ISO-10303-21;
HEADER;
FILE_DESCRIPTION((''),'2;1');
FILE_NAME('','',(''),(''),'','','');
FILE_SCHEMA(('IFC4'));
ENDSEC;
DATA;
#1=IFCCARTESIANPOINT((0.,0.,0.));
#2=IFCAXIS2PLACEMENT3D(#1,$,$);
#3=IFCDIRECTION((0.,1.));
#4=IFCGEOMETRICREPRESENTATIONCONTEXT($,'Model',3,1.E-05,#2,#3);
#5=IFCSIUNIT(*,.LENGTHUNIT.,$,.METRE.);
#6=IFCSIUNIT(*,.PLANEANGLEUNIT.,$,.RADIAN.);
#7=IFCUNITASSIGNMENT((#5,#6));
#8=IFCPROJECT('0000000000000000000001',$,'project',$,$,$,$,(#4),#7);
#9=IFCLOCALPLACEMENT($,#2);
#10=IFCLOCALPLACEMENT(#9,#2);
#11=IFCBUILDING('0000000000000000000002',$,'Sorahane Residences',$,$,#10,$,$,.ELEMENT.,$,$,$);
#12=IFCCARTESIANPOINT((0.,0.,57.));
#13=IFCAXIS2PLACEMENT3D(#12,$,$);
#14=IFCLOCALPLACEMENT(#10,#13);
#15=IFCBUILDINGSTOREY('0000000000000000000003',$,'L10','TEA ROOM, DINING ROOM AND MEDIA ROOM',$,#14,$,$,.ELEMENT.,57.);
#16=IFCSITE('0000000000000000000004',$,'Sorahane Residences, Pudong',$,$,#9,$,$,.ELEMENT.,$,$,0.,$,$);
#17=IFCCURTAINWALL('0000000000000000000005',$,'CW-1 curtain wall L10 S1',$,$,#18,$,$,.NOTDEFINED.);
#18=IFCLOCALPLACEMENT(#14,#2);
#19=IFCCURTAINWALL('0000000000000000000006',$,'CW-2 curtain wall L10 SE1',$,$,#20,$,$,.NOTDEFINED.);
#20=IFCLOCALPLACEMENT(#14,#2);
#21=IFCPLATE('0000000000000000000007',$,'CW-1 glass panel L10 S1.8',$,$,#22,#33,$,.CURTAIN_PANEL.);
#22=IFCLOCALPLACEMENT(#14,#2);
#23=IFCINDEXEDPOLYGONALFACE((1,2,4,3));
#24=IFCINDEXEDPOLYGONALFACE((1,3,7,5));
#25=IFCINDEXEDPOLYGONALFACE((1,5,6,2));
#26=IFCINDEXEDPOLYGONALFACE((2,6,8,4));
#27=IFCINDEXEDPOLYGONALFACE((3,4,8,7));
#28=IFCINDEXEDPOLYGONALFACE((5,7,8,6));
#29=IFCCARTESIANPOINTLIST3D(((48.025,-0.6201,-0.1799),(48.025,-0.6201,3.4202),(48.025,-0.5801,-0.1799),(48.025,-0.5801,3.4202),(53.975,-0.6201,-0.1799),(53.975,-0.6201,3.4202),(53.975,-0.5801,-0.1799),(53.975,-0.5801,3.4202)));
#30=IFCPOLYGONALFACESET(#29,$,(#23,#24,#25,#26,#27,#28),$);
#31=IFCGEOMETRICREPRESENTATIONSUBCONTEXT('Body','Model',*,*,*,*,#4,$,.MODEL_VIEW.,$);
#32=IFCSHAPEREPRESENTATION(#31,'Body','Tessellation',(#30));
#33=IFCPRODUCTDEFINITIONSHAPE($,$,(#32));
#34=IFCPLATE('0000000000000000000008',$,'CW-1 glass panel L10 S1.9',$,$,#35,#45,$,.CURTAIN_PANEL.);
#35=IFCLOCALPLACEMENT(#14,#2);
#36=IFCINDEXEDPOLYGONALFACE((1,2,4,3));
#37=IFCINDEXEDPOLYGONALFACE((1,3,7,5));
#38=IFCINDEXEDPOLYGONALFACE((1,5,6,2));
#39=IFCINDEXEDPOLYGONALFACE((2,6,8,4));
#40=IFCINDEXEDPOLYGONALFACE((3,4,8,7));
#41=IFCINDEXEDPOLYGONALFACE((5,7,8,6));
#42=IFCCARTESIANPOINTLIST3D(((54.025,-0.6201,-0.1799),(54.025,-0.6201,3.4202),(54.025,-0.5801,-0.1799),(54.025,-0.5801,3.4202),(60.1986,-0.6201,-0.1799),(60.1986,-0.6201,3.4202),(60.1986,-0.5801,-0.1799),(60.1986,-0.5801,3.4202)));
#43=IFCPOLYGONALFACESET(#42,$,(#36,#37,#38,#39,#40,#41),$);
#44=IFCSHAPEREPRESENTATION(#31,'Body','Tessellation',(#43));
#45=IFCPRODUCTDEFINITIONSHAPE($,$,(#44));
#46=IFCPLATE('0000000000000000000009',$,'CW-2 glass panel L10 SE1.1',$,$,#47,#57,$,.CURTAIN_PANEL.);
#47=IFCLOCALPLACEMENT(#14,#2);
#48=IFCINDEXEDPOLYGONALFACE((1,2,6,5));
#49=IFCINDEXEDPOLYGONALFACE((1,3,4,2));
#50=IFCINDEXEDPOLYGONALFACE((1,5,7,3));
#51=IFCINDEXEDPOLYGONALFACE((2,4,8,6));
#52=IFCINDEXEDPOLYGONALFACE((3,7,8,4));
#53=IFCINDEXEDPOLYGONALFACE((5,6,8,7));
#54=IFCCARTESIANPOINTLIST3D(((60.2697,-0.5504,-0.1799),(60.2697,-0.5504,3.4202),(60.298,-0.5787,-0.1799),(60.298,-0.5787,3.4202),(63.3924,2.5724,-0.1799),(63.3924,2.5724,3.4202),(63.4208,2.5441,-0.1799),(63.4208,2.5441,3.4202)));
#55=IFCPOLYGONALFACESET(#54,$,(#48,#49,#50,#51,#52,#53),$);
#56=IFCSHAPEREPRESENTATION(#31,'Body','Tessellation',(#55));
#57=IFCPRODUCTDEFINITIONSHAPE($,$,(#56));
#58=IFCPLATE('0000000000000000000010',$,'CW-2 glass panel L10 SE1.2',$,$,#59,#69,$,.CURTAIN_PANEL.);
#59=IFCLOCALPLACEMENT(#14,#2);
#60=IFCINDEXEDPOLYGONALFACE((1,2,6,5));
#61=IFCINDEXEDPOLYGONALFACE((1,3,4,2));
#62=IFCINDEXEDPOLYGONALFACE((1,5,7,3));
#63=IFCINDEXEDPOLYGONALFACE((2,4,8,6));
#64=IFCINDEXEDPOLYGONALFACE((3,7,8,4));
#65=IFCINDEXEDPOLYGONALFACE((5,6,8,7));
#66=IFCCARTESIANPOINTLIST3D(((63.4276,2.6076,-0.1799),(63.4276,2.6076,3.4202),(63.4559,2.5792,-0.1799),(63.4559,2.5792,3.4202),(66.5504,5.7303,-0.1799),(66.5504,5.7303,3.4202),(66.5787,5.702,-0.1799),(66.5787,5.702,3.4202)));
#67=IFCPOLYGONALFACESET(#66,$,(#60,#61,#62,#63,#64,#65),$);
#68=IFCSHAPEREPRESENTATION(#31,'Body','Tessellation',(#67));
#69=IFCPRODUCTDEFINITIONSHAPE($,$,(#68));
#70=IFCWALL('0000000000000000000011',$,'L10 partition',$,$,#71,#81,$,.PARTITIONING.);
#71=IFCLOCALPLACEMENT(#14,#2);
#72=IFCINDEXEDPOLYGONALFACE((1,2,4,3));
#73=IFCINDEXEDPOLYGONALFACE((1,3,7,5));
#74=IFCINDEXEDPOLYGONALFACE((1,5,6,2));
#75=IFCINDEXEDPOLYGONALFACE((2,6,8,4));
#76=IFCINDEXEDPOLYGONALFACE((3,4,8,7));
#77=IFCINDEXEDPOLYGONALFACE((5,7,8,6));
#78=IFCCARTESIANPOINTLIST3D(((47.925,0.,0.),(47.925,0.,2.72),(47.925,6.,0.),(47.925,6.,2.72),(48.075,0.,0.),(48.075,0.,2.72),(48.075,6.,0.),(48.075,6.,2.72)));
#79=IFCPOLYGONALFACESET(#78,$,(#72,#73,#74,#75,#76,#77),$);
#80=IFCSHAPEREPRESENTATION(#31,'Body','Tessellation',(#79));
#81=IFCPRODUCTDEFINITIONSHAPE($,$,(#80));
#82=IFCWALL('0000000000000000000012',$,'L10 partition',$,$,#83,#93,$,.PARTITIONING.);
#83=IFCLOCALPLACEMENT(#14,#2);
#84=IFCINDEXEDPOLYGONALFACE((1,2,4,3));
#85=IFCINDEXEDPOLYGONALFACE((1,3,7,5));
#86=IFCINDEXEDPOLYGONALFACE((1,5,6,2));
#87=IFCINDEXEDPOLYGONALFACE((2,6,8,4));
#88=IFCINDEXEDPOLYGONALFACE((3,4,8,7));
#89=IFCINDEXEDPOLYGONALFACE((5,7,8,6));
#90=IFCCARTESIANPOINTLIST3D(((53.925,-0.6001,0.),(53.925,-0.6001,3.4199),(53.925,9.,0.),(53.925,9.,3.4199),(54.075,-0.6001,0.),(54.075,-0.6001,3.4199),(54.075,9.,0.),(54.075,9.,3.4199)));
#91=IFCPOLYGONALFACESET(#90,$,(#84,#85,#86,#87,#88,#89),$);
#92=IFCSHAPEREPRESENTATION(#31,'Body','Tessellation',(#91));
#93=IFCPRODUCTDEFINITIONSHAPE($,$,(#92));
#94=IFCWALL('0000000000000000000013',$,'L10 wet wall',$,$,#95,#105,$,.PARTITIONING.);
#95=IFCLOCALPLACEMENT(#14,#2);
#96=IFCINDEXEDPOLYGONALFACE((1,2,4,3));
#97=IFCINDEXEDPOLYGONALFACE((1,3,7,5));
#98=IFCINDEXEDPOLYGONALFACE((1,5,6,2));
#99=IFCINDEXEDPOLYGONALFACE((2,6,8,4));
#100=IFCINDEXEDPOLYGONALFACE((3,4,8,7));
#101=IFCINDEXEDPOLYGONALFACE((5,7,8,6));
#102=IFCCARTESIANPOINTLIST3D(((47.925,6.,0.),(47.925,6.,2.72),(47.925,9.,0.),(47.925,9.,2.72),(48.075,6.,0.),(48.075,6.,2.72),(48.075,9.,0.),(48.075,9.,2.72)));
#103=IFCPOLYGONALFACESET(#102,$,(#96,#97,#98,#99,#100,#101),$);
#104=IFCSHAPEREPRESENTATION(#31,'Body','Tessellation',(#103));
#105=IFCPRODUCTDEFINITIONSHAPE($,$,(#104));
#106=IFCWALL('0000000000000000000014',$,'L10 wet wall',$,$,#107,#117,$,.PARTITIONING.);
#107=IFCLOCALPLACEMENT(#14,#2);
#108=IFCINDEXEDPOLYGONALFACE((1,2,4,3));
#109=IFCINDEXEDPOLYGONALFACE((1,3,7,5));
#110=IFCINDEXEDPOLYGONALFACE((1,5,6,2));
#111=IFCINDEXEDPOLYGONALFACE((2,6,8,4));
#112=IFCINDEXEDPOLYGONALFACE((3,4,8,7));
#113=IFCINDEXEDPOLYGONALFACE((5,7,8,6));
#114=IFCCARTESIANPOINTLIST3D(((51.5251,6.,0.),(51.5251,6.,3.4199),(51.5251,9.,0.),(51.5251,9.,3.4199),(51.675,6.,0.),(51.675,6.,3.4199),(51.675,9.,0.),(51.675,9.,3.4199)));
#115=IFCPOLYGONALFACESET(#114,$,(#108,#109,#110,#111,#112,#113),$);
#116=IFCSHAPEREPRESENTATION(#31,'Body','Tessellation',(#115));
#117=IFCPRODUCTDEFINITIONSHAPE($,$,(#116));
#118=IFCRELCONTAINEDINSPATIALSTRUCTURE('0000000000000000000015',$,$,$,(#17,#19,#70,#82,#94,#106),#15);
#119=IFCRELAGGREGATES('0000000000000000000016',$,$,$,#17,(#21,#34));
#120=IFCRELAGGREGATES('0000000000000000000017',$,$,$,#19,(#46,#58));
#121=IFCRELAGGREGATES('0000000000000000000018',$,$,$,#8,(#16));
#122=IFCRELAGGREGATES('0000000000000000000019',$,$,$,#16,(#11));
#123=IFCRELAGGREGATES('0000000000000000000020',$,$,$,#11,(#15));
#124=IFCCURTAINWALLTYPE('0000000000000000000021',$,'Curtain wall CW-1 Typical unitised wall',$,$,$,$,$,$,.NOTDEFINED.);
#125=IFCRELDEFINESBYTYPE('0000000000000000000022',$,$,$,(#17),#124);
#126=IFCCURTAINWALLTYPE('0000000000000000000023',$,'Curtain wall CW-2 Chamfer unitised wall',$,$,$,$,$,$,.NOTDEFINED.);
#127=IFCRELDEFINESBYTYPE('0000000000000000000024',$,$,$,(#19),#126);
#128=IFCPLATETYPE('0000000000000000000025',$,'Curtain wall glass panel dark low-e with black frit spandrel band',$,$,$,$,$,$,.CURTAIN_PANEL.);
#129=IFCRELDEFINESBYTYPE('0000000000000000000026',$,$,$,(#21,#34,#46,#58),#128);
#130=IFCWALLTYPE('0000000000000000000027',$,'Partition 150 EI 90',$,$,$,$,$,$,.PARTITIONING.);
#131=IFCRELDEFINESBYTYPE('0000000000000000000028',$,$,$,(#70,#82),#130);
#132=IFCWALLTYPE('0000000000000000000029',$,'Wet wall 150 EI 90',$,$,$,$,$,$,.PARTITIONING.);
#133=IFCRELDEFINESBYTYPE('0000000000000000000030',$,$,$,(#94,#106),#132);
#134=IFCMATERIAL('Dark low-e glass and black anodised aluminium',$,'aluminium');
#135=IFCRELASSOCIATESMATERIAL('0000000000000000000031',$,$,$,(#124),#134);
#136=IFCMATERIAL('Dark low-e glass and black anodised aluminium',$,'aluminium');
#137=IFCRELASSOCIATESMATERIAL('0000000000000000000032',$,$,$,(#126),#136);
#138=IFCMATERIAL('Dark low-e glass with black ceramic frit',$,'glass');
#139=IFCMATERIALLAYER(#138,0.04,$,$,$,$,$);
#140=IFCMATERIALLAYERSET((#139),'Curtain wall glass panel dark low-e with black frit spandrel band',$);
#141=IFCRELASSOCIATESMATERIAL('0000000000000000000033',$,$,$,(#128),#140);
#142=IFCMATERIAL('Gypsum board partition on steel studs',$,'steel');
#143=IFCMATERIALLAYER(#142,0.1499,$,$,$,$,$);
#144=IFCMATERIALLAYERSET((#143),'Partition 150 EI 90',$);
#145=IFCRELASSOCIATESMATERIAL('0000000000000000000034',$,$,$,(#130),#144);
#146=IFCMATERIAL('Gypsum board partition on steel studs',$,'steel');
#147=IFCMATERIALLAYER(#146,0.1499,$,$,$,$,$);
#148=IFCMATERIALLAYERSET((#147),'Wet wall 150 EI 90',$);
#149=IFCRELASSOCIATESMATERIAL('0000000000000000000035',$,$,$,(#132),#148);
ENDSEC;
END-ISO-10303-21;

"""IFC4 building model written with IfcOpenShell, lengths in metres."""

from ifc_helpers import new_model, si_unit, direction, frame, frame_2d, origin, origin_2d, place, context, subcontext, project, spatial, rectangle, extrude, material, layer, layer_set, type_object, element, aggregate, save


model = new_model("IFC4")

# Units and contexts
model_context = context("Model", 3, precision=1e-05, world=origin(), true_north=direction((0.0, 1.0)))
body_context = subcontext(model_context, "Body", "Model", "MODEL_VIEW")
ifc_project = project(units=[si_unit("LENGTHUNIT", "METRE"), si_unit("PLANEANGLEUNIT", "RADIAN")], contexts=[model_context])

# Site, building, storey
site_placement = place(None, origin())
site = spatial("IfcSite", under=ifc_project, at=site_placement, Name="Sorahane Residences, Pudong", CompositionType="ELEMENT", RefElevation=0.0)
building_placement = place(site_placement, origin())
building = spatial("IfcBuilding", under=site, at=building_placement, Name="Sorahane Residences", CompositionType="ELEMENT")
storey_placement = place(building_placement, frame((0.0, 0.0, 57.0)))
storey = spatial("IfcBuildingStorey", under=building, at=storey_placement, Name="L10", Description="TEA ROOM, DINING ROOM AND MEDIA ROOM", CompositionType="ELEMENT", Elevation=57.0)

# Curtain walls
ifc_material_1 = material(Name="Dark low-e glass and black anodised aluminium", Category="aluminium")
curtain_wall_type_1 = type_object("IfcCurtainWallType", Name="Curtain wall CW-1 Typical unitised wall", PredefinedType="NOTDEFINED", material=ifc_material_1)
curtain_wall_1_placement = place(storey_placement, origin())
curtain_wall_1 = element("IfcCurtainWall", 1, at=curtain_wall_1_placement, inside=storey, type_object=curtain_wall_type_1, Name="CW-1 curtain wall L10 S1", PredefinedType="NOTDEFINED")
ifc_material_2 = material(Name="Dark low-e glass and black anodised aluminium", Category="aluminium")
curtain_wall_type_2 = type_object("IfcCurtainWallType", Name="Curtain wall CW-2 Chamfer unitised wall", PredefinedType="NOTDEFINED", material=ifc_material_2)
curtain_wall_2_placement = place(storey_placement, origin())
curtain_wall_2 = element("IfcCurtainWall", 2, at=curtain_wall_2_placement, inside=storey, type_object=curtain_wall_type_2, Name="CW-2 curtain wall L10 SE1", PredefinedType="NOTDEFINED")

# Plates
ifc_material_3 = material(Name="Dark low-e glass with black ceramic frit", Category="glass")
ifc_layer_1 = layer(ifc_material_3, 0.04)
ifc_layer_set_1 = layer_set([ifc_layer_1], Name="Curtain wall glass panel dark low-e with black frit spandrel band")
plate_type = type_object("IfcPlateType", Name="Curtain wall glass panel dark low-e with black frit spandrel band", PredefinedType="CURTAIN_PANEL", material=ifc_layer_set_1)
plate_1_placement = place(storey_placement, frame((51.0, -0.6001, -0.1799), z_axis=(0.0, 0.0, 1.0), x_axis=(1.0, 0.0, 0.0)))
plate_1 = element("IfcPlate", 3, at=plate_1_placement, type_object=plate_type, Name="CW-1 glass panel L10 S1.8", PredefinedType="CURTAIN_PANEL", context=body_context, shape_type="SweptSolid", body=[
    extrude(rectangle(XDim=5.95, YDim=0.04, at=origin_2d()), origin(), (0.0, 0.0, 1.0), 3.6001),
])
plate_2_placement = place(storey_placement, frame((57.1118, -0.6001, -0.1799), z_axis=(0.0, 0.0, 1.0), x_axis=(1.0, 0.0, 0.0)))
plate_2 = element("IfcPlate", 4, at=plate_2_placement, type_object=plate_type, Name="CW-1 glass panel L10 S1.9", PredefinedType="CURTAIN_PANEL", context=body_context, shape_type="SweptSolid", body=[
    extrude(rectangle(XDim=6.1736, YDim=0.04, at=origin_2d()), origin(), (0.0, 0.0, 1.0), 3.6001),
])
aggregate(curtain_wall_1, [plate_1, plate_2])
plate_3_placement = place(storey_placement, frame((61.8452, 0.9968, -0.1799), z_axis=(0.0, 0.0, 1.0), x_axis=(0.707107, 0.707107, 0.0)))
plate_3 = element("IfcPlate", 5, at=plate_3_placement, type_object=plate_type, Name="CW-2 glass panel L10 SE1.1", PredefinedType="CURTAIN_PANEL", context=body_context, shape_type="SweptSolid", body=[
    extrude(rectangle(XDim=4.4163, YDim=0.04, at=origin_2d()), origin(), (0.0, 0.0, 1.0), 3.6001),
])
plate_4_placement = place(storey_placement, frame((65.0032, 4.1548, -0.1799), z_axis=(0.0, 0.0, 1.0), x_axis=(0.707107, 0.707107, 0.0)))
plate_4 = element("IfcPlate", 6, at=plate_4_placement, type_object=plate_type, Name="CW-2 glass panel L10 SE1.2", PredefinedType="CURTAIN_PANEL", context=body_context, shape_type="SweptSolid", body=[
    extrude(rectangle(XDim=4.4163, YDim=0.04, at=origin_2d()), origin(), (0.0, 0.0, 1.0), 3.6001),
])
aggregate(curtain_wall_2, [plate_3, plate_4])

# Walls
ifc_material_4 = material(Name="Gypsum board partition on steel studs", Category="steel")
ifc_layer_2 = layer(ifc_material_4, 0.1499)
ifc_layer_set_2 = layer_set([ifc_layer_2], Name="Partition 150 EI 90")
wall_type_1 = type_object("IfcWallType", Name="Partition 150 EI 90", PredefinedType="PARTITIONING", material=ifc_layer_set_2)
wall_1_placement = place(storey_placement, frame((48.0, 0.0, 0.0), z_axis=(0.0, 0.0, 1.0), x_axis=(0.0, 1.0, 0.0)))
element("IfcWall", 7, at=wall_1_placement, inside=storey, type_object=wall_type_1, Name="L10 partition", PredefinedType="PARTITIONING", context=body_context, shape_type="SweptSolid", body=[
    extrude(rectangle(XDim=6.0, YDim=0.1499, at=frame_2d((3.0, 0.0))), origin(), (0.0, 0.0, 1.0), 2.72),
])
wall_2_placement = place(storey_placement, frame((54.0, -0.6001, 0.0), z_axis=(0.0, 0.0, 1.0), x_axis=(0.0, 1.0, 0.0)))
element("IfcWall", 8, at=wall_2_placement, inside=storey, type_object=wall_type_1, Name="L10 partition", PredefinedType="PARTITIONING", context=body_context, shape_type="SweptSolid", body=[
    extrude(rectangle(XDim=9.6001, YDim=0.1499, at=frame_2d((4.8, 0.0))), origin(), (0.0, 0.0, 1.0), 3.4199),
])

# Walls
ifc_material_5 = material(Name="Gypsum board partition on steel studs", Category="steel")
ifc_layer_3 = layer(ifc_material_5, 0.1499)
ifc_layer_set_3 = layer_set([ifc_layer_3], Name="Wet wall 150 EI 90")
wall_type_2 = type_object("IfcWallType", Name="Wet wall 150 EI 90", PredefinedType="PARTITIONING", material=ifc_layer_set_3)
wall_3_placement = place(storey_placement, frame((48.0, 6.0, 0.0), z_axis=(0.0, 0.0, 1.0), x_axis=(0.0, 1.0, 0.0)))
element("IfcWall", 9, at=wall_3_placement, inside=storey, type_object=wall_type_2, Name="L10 wet wall", PredefinedType="PARTITIONING", context=body_context, shape_type="SweptSolid", body=[
    extrude(rectangle(XDim=3.0, YDim=0.1499, at=frame_2d((1.5, 0.0))), origin(), (0.0, 0.0, 1.0), 2.72),
])
wall_4_placement = place(storey_placement, frame((51.6001, 6.0, 0.0), z_axis=(0.0, 0.0, 1.0), x_axis=(0.0, 1.0, 0.0)))
element("IfcWall", 10, at=wall_4_placement, inside=storey, type_object=wall_type_2, Name="L10 wet wall", PredefinedType="PARTITIONING", context=body_context, shape_type="SweptSolid", body=[
    extrude(rectangle(XDim=3.0, YDim=0.1499, at=frame_2d((1.5, 0.0))), origin(), (0.0, 0.0, 1.0), 3.4199),
])

save(model, "model.ifc")
